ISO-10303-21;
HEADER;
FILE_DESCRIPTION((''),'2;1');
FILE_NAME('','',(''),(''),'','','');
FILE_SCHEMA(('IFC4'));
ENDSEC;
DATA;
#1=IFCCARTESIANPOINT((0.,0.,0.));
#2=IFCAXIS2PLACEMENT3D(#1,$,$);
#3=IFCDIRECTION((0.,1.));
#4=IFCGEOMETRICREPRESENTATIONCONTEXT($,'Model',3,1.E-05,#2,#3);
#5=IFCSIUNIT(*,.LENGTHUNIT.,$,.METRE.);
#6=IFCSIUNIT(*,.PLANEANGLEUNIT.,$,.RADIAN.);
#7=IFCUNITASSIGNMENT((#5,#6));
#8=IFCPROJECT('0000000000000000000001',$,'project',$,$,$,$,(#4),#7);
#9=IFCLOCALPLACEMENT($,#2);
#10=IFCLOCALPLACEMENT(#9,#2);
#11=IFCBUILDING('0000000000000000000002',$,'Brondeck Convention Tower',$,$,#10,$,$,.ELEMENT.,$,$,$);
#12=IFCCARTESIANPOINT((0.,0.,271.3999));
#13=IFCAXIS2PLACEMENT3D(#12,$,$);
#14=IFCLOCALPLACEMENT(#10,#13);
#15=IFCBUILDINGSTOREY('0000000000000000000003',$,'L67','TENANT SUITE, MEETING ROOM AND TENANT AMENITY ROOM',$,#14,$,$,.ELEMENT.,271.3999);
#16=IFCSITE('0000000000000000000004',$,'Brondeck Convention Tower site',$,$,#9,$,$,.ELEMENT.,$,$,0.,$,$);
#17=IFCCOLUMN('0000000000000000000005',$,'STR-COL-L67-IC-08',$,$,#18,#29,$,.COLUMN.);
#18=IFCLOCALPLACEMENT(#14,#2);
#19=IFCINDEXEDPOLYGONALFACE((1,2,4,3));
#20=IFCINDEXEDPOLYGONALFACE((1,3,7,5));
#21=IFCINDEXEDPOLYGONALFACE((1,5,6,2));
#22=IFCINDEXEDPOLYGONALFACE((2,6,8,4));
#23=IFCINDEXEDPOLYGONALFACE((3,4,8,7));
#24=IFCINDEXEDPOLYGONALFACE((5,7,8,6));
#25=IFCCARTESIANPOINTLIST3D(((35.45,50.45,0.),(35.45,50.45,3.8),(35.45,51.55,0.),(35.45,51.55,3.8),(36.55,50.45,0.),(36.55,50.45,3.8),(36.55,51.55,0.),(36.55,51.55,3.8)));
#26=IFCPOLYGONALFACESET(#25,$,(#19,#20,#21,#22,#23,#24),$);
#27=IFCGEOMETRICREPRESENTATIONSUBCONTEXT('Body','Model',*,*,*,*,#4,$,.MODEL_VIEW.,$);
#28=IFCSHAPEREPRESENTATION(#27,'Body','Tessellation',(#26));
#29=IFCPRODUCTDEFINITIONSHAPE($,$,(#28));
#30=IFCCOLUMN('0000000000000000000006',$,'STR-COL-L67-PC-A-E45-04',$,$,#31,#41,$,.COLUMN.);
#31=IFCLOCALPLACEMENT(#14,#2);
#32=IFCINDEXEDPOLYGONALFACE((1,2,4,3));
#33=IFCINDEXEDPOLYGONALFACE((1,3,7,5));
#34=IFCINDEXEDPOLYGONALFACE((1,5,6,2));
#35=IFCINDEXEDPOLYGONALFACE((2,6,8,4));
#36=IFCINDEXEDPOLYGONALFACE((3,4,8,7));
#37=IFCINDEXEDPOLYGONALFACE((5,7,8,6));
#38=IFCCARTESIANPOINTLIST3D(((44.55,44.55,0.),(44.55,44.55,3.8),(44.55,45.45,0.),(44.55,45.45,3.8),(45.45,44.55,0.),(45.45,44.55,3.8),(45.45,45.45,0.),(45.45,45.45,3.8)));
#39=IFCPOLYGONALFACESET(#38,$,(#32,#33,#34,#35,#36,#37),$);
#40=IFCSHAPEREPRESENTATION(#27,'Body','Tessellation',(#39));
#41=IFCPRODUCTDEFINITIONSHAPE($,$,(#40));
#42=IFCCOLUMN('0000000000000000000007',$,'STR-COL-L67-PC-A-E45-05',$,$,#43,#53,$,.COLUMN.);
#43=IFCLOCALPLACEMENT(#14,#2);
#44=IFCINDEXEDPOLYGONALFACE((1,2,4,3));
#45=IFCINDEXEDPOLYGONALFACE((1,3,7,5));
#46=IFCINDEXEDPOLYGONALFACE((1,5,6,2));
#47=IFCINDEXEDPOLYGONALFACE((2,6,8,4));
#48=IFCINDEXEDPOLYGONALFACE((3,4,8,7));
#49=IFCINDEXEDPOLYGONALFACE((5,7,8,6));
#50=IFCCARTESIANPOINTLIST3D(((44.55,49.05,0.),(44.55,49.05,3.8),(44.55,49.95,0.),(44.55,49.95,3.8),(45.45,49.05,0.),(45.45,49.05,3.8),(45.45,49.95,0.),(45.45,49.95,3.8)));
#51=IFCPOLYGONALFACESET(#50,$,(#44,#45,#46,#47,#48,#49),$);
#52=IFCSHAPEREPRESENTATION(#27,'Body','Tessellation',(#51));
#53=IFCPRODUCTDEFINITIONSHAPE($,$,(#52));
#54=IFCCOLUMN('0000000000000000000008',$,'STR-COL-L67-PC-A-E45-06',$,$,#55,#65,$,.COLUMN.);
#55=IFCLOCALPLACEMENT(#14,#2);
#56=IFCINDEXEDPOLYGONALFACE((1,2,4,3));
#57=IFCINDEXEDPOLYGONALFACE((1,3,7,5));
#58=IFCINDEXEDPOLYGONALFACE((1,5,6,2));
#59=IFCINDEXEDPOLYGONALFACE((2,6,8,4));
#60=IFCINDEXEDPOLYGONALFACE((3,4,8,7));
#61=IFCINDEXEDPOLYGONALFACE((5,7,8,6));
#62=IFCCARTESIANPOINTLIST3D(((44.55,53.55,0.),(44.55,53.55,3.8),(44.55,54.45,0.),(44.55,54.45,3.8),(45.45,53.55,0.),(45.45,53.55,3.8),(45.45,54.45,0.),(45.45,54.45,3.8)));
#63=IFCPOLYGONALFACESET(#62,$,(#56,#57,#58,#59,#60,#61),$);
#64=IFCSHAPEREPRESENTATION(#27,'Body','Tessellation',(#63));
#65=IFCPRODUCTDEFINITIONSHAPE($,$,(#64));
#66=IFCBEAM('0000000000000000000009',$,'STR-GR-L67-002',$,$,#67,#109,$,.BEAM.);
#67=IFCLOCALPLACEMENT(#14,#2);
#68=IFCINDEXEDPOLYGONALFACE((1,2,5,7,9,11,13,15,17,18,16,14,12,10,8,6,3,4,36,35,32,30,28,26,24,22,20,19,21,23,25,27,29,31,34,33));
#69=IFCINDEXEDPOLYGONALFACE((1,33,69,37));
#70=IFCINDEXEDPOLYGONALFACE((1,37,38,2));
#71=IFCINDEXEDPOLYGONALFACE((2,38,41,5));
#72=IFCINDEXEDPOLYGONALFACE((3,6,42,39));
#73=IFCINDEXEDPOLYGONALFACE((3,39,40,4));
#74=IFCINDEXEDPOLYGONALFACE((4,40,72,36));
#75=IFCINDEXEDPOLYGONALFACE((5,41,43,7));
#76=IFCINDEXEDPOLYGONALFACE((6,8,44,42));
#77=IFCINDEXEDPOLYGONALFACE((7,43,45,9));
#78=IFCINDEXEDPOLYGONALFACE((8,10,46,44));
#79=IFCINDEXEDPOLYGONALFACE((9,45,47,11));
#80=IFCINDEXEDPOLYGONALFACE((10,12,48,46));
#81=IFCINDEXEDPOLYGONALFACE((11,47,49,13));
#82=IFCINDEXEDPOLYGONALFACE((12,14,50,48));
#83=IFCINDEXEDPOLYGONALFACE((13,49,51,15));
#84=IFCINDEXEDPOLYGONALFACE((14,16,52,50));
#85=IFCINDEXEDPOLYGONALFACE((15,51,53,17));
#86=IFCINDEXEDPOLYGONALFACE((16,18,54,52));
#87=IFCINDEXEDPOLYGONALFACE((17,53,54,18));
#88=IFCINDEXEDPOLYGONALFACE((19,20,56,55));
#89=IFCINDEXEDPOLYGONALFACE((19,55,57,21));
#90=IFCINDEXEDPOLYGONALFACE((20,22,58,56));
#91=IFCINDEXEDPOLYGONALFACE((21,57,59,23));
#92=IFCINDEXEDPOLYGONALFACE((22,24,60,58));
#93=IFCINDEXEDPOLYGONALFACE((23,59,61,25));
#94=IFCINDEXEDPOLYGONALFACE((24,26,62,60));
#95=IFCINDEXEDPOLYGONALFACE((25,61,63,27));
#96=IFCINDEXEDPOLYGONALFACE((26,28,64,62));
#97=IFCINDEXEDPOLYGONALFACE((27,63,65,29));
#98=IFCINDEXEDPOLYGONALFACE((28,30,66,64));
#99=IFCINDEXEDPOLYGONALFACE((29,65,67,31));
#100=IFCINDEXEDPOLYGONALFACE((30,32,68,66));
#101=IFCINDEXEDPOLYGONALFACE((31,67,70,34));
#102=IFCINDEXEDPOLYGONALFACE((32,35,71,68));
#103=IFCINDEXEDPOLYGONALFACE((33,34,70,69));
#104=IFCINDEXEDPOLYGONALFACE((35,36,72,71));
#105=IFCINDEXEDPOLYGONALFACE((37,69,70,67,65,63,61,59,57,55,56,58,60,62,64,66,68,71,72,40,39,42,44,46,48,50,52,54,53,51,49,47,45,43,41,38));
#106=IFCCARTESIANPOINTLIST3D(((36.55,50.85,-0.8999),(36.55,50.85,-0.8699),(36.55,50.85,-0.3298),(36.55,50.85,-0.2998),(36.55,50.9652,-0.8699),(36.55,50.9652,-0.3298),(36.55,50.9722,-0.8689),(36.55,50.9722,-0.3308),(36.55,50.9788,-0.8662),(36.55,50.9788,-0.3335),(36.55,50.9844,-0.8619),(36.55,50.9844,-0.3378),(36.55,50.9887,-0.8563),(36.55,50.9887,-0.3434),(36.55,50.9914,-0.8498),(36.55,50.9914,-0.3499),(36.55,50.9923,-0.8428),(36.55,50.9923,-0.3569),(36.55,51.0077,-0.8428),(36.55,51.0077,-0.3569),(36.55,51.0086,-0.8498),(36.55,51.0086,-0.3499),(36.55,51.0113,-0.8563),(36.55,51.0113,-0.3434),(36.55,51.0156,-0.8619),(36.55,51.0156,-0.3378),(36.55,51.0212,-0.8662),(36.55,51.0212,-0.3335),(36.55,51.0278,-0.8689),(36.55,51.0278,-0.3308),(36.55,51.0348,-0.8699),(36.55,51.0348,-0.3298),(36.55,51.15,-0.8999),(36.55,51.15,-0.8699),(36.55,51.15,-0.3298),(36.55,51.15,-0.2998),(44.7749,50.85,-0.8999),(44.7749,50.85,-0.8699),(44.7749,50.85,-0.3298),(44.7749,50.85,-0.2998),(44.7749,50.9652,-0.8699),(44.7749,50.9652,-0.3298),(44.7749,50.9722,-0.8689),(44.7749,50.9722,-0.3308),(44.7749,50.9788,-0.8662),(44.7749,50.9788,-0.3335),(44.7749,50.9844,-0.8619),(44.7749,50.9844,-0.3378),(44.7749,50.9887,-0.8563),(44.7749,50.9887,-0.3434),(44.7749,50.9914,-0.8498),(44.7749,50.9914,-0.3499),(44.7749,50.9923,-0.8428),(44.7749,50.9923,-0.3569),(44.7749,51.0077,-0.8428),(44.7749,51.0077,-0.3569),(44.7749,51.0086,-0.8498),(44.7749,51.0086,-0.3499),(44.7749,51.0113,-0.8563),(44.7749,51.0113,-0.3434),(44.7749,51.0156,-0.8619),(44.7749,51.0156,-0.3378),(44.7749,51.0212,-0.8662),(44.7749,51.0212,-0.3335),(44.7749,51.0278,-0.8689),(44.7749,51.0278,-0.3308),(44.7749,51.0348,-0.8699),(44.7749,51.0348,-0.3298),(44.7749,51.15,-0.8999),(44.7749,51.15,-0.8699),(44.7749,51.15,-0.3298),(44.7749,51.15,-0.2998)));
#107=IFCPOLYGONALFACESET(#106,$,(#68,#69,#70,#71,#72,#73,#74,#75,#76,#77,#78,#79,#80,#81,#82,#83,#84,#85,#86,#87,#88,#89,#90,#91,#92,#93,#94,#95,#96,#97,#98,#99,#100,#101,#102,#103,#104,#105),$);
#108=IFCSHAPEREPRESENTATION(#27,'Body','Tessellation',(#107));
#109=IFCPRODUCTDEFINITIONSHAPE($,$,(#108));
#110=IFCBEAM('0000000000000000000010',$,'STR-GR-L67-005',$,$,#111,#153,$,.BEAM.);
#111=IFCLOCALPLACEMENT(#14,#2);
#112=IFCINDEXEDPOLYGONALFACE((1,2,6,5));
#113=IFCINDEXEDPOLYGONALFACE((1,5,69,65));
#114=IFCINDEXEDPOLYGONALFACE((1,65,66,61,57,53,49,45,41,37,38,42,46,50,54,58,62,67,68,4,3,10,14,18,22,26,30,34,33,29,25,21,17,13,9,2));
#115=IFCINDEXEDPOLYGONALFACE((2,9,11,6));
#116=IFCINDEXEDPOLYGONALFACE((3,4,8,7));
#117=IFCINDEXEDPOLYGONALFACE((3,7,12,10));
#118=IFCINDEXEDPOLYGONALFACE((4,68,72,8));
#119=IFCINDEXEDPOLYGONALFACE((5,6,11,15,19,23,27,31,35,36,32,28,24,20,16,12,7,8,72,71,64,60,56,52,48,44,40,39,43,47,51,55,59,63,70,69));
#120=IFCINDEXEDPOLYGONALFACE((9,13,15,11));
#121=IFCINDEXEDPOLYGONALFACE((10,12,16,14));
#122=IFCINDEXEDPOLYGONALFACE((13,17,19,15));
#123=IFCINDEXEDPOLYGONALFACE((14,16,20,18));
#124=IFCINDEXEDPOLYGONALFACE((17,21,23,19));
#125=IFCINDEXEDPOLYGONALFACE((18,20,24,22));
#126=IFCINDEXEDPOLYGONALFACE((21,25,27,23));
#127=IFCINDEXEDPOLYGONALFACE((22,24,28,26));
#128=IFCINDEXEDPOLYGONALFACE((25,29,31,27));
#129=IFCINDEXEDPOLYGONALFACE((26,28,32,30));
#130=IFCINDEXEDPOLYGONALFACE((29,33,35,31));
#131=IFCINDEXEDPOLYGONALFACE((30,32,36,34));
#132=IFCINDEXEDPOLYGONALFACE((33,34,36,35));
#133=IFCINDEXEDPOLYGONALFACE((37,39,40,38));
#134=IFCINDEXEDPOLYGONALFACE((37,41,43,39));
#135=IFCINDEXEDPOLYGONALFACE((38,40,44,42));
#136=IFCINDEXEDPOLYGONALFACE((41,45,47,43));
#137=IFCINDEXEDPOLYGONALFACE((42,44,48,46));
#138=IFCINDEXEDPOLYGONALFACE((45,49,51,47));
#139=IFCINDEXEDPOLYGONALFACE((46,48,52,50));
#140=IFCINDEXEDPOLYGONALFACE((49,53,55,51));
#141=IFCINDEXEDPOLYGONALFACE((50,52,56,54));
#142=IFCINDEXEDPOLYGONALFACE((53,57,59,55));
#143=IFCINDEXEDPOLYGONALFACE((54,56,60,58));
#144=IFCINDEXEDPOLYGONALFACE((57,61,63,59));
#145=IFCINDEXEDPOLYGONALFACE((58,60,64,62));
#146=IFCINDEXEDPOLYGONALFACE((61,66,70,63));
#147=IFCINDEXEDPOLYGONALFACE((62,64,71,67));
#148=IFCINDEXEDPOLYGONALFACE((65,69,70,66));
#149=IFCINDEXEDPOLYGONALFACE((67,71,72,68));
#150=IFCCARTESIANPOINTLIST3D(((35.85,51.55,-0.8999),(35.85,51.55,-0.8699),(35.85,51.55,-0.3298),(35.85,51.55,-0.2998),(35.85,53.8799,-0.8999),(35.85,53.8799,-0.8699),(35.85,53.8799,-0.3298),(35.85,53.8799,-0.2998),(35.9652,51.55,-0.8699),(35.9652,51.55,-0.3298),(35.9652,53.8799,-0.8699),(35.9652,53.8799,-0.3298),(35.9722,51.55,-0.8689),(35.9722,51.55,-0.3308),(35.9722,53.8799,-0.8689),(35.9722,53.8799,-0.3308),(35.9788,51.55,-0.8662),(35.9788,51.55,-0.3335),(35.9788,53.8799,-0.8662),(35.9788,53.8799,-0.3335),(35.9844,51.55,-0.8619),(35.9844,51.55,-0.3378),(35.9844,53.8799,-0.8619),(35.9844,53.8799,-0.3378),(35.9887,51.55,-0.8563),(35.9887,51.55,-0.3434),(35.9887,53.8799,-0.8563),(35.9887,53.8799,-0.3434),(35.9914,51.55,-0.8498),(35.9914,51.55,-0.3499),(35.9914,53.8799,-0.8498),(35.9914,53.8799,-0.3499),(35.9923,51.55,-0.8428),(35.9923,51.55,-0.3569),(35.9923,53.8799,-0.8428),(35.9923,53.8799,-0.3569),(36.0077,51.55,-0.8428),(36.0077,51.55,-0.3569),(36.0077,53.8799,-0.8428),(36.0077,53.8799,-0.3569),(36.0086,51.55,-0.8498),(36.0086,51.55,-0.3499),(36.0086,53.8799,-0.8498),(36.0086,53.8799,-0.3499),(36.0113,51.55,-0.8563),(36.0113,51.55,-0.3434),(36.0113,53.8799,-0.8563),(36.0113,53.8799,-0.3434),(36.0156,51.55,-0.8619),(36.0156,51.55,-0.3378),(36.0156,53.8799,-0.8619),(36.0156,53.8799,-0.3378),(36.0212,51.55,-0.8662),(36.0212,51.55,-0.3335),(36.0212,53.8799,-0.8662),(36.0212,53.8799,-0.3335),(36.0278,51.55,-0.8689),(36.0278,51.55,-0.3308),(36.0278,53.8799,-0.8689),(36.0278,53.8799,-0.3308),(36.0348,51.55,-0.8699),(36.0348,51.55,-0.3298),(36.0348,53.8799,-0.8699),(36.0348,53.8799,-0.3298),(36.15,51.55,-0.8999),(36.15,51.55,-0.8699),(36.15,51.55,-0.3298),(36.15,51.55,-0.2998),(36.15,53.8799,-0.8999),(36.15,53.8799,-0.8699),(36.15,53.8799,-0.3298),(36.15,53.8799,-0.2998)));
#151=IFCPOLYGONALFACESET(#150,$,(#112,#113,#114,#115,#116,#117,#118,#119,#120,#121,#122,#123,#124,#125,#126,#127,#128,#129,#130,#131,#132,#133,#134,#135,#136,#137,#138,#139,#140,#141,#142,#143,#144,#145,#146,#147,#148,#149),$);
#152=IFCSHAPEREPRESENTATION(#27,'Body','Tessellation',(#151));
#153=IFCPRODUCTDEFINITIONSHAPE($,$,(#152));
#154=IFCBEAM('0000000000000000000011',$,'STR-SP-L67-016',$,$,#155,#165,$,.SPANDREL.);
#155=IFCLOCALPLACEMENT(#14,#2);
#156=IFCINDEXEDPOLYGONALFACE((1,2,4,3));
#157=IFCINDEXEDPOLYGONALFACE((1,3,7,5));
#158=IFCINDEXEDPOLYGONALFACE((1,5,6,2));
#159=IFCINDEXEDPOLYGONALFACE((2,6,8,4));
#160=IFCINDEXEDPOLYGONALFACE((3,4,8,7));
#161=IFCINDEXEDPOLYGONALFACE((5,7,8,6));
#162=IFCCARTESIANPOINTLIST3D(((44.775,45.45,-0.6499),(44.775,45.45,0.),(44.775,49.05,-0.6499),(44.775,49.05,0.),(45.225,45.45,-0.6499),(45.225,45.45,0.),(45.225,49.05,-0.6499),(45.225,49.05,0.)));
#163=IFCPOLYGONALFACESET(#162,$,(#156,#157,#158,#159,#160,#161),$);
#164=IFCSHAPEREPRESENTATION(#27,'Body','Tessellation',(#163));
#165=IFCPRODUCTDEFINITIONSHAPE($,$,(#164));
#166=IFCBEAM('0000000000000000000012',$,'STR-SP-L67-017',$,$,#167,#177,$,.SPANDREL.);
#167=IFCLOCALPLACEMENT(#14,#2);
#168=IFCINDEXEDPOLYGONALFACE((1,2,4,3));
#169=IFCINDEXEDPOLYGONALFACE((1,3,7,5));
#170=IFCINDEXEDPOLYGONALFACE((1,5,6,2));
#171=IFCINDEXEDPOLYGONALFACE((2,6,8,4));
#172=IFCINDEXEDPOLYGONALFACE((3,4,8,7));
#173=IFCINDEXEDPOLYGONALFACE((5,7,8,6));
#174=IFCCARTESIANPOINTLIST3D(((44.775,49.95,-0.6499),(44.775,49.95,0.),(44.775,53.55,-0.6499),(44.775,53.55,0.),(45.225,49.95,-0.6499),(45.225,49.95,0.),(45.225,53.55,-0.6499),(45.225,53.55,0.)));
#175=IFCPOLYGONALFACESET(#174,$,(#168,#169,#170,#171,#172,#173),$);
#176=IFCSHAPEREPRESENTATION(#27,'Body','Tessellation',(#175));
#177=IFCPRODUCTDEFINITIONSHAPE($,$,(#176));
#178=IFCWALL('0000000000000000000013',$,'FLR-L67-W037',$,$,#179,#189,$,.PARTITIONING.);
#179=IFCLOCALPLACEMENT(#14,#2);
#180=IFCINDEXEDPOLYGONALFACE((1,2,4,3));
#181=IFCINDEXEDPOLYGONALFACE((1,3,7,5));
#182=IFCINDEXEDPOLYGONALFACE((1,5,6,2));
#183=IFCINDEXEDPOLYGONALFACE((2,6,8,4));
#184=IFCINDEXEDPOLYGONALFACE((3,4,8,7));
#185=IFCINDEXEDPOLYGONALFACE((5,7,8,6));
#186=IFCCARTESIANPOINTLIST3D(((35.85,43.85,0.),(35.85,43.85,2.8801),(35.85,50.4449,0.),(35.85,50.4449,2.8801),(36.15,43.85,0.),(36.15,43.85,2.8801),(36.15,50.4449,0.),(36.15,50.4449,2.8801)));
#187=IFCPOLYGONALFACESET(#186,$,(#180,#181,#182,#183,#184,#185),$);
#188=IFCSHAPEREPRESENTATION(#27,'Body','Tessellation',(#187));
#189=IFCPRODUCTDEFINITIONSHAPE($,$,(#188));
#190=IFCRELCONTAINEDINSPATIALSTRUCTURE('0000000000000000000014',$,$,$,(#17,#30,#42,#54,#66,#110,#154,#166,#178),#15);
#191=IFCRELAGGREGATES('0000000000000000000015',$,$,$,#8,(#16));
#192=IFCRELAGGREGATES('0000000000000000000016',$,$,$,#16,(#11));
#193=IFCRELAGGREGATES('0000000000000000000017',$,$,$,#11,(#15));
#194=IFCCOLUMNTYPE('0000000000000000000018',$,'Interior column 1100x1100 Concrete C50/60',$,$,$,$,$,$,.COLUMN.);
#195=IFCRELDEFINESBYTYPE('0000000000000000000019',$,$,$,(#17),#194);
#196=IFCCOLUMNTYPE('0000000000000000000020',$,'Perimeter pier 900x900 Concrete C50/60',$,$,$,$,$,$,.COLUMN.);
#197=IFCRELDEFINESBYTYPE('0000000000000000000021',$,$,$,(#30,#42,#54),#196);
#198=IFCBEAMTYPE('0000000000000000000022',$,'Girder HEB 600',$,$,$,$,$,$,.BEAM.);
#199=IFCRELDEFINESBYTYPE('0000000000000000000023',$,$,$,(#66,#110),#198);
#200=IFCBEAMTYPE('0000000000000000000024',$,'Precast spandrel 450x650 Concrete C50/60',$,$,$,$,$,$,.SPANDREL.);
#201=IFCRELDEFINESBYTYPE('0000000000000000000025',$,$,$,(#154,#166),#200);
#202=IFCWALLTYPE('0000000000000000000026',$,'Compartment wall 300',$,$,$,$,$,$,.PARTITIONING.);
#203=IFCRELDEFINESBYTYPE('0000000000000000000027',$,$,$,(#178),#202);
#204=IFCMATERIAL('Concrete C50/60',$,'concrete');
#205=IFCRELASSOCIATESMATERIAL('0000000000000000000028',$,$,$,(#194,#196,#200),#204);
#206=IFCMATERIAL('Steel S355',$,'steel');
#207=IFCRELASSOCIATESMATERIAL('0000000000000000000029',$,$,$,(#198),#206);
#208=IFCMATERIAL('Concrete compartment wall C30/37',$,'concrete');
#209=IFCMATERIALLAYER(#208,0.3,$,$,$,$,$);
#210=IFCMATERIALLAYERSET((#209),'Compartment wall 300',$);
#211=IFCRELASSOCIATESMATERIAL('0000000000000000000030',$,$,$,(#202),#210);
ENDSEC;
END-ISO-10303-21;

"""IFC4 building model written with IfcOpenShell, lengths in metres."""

from ifc_helpers import new_model, si_unit, direction, frame, frame_2d, origin, origin_2d, place, context, subcontext, project, spatial, rectangle, i_section, extrude, material, layer, layer_set, material_profile, profile_set, type_object, element, save


model = new_model("IFC4")

# Units and contexts
model_context = context("Model", 3, precision=1e-05, world=origin(), true_north=direction((0.0, 1.0)))
body_context = subcontext(model_context, "Body", "Model", "MODEL_VIEW")
ifc_project = project(units=[si_unit("LENGTHUNIT", "METRE"), si_unit("PLANEANGLEUNIT", "RADIAN")], contexts=[model_context])

# Site, building, storey
site_placement = place(None, origin())
site = spatial("IfcSite", under=ifc_project, at=site_placement, Name="Brondeck Convention Tower site", CompositionType="ELEMENT", RefElevation=0.0)
building_placement = place(site_placement, origin())
building = spatial("IfcBuilding", under=site, at=building_placement, Name="Brondeck Convention Tower", CompositionType="ELEMENT")
storey_placement = place(building_placement, frame((0.0, 0.0, 271.3999)))
storey = spatial("IfcBuildingStorey", under=building, at=storey_placement, Name="L67", Description="TENANT SUITE, MEETING ROOM AND TENANT AMENITY ROOM", CompositionType="ELEMENT", Elevation=271.3999)

# Columns
ifc_material_1 = material(Name="Concrete C50/60", Category="concrete")
ifc_material_profile_1 = material_profile(ifc_material_1, rectangle(XDim=1.1001, YDim=1.1001, at=origin_2d()), Name="Interior column 1100x1100 Concrete C50/60")
ifc_profile_set_1 = profile_set([ifc_material_profile_1], Name="Concrete C50/60")
column_type_1 = type_object("IfcColumnType", Name="Interior column 1100x1100 Concrete C50/60", PredefinedType="COLUMN", material=ifc_profile_set_1)
column_placement = place(storey_placement, frame((36.0, 51.0, 0.0), z_axis=(0.0, 0.0, 1.0), x_axis=(1.0, 0.0, 0.0)))
element("IfcColumn", 1, at=column_placement, inside=storey, type_object=column_type_1, Name="STR-COL-L67-IC-08", PredefinedType="COLUMN", context=body_context, shape_type="SweptSolid", body=[
    extrude(rectangle(XDim=1.1001, YDim=1.1001, at=origin_2d()), origin(), (0.0, 0.0, 1.0), 3.8),
])
ifc_material_profile_2 = material_profile(ifc_material_1, rectangle(XDim=0.8999, YDim=0.8999, at=origin_2d()), Name="Perimeter pier 900x900 Concrete C50/60")
ifc_profile_set_2 = profile_set([ifc_material_profile_2], Name="Concrete C50/60")
column_type_2 = type_object("IfcColumnType", Name="Perimeter pier 900x900 Concrete C50/60", PredefinedType="COLUMN", material=ifc_profile_set_2)
for number, where, z_axis, x_axis, name in (
    (2, (45.0, 45.0, 0.0), (0.0, 0.0, 1.0), (0.0, 1.0, 0.0), "STR-COL-L67-PC-A-E45-04"),
    (3, (45.0, 49.5, 0.0), (0.0, 0.0, 1.0), (0.0, 1.0, 0.0), "STR-COL-L67-PC-A-E45-05"),
    (4, (45.0, 54.0, 0.0), (0.0, 0.0, 1.0), (0.0, 1.0, 0.0), "STR-COL-L67-PC-A-E45-06"),
):
    element("IfcColumn", number, at=place(storey_placement, frame(where, z_axis=z_axis, x_axis=x_axis)), inside=storey, type_object=column_type_2, Name=name, PredefinedType="COLUMN", context=body_context, shape_type="SweptSolid", body=[
        extrude(rectangle(XDim=0.8999, YDim=0.8999, at=origin_2d()), origin(), (0.0, 0.0, 1.0), 3.8),
    ])

# Beams
ifc_material_2 = material(Name="Steel S355", Category="steel")
ifc_material_profile_3 = material_profile(ifc_material_2, i_section(OverallWidth=0.3, OverallDepth=0.6001, WebThickness=0.0154, FlangeThickness=0.03, FilletRadius=0.0271, at=origin_2d()), Name="HEB 600")
ifc_profile_set_3 = profile_set([ifc_material_profile_3], Name="Steel S355")
beam_type_1 = type_object("IfcBeamType", Name="Girder HEB 600", PredefinedType="BEAM", material=ifc_profile_set_3)
beam_1_placement = place(storey_placement, frame((36.55, 51.0, -0.5999), z_axis=(1.0, 0.0, 0.0), x_axis=(0.0, 1.0, 0.0)))
element("IfcBeam", 5, at=beam_1_placement, inside=storey, type_object=beam_type_1, Name="STR-GR-L67-002", PredefinedType="BEAM", context=body_context, shape_type="SweptSolid", body=[
    extrude(i_section(OverallWidth=0.3, OverallDepth=0.6001, WebThickness=0.0154, FlangeThickness=0.03, FilletRadius=0.0271, at=origin_2d()), origin(), (0.0, 0.0, 1.0), 8.2249),
])
beam_2_placement = place(storey_placement, frame((36.0, 51.55, -0.5999), z_axis=(0.0, 1.0, 0.0), x_axis=(-1.0, 0.0, 0.0)))
element("IfcBeam", 6, at=beam_2_placement, inside=storey, type_object=beam_type_1, Name="STR-GR-L67-005", PredefinedType="BEAM", context=body_context, shape_type="SweptSolid", body=[
    extrude(i_section(OverallWidth=0.3, OverallDepth=0.6001, WebThickness=0.0154, FlangeThickness=0.03, FilletRadius=0.0271, at=origin_2d()), origin(), (0.0, 0.0, 1.0), 2.3298),
])
ifc_material_profile_4 = material_profile(ifc_material_1, rectangle(XDim=0.45, YDim=0.6499, at=origin_2d()), Name="Precast spandrel 450x650 Concrete C50/60")
ifc_profile_set_4 = profile_set([ifc_material_profile_4], Name="Concrete C50/60")
beam_type_2 = type_object("IfcBeamType", Name="Precast spandrel 450x650 Concrete C50/60", PredefinedType="SPANDREL", material=ifc_profile_set_4)
for number, where, z_axis, x_axis, name in (
    (7, (45.0, 45.45, -0.325), (0.0, 1.0, 0.0), (-1.0, 0.0, 0.0), "STR-SP-L67-016"),
    (8, (45.0, 49.95, -0.325), (0.0, 1.0, 0.0), (-1.0, 0.0, 0.0), "STR-SP-L67-017"),
):
    element("IfcBeam", number, at=place(storey_placement, frame(where, z_axis=z_axis, x_axis=x_axis)), inside=storey, type_object=beam_type_2, Name=name, PredefinedType="SPANDREL", context=body_context, shape_type="SweptSolid", body=[
        extrude(rectangle(XDim=0.45, YDim=0.6499, at=origin_2d()), origin(), (0.0, 0.0, 1.0), 3.6001),
    ])

# Wall
ifc_material_3 = material(Name="Concrete compartment wall C30/37", Category="concrete")
ifc_layer_1 = layer(ifc_material_3, 0.3)
ifc_layer_set_1 = layer_set([ifc_layer_1], Name="Compartment wall 300")
wall_type_1 = type_object("IfcWallType", Name="Compartment wall 300", PredefinedType="PARTITIONING", material=ifc_layer_set_1)
wall_1_placement = place(storey_placement, frame((36.0, 43.8501, 0.0), z_axis=(0.0, 0.0, 1.0), x_axis=(0.0, 1.0, 0.0)))
element("IfcWall", 9, at=wall_1_placement, inside=storey, type_object=wall_type_1, Name="FLR-L67-W037", PredefinedType="PARTITIONING", context=body_context, shape_type="SweptSolid", body=[
    extrude(rectangle(XDim=6.595, YDim=0.3, at=frame_2d((3.2974, 0.0))), origin(), (0.0, 0.0, 1.0), 2.8801),
])

save(model, "model.ifc")
